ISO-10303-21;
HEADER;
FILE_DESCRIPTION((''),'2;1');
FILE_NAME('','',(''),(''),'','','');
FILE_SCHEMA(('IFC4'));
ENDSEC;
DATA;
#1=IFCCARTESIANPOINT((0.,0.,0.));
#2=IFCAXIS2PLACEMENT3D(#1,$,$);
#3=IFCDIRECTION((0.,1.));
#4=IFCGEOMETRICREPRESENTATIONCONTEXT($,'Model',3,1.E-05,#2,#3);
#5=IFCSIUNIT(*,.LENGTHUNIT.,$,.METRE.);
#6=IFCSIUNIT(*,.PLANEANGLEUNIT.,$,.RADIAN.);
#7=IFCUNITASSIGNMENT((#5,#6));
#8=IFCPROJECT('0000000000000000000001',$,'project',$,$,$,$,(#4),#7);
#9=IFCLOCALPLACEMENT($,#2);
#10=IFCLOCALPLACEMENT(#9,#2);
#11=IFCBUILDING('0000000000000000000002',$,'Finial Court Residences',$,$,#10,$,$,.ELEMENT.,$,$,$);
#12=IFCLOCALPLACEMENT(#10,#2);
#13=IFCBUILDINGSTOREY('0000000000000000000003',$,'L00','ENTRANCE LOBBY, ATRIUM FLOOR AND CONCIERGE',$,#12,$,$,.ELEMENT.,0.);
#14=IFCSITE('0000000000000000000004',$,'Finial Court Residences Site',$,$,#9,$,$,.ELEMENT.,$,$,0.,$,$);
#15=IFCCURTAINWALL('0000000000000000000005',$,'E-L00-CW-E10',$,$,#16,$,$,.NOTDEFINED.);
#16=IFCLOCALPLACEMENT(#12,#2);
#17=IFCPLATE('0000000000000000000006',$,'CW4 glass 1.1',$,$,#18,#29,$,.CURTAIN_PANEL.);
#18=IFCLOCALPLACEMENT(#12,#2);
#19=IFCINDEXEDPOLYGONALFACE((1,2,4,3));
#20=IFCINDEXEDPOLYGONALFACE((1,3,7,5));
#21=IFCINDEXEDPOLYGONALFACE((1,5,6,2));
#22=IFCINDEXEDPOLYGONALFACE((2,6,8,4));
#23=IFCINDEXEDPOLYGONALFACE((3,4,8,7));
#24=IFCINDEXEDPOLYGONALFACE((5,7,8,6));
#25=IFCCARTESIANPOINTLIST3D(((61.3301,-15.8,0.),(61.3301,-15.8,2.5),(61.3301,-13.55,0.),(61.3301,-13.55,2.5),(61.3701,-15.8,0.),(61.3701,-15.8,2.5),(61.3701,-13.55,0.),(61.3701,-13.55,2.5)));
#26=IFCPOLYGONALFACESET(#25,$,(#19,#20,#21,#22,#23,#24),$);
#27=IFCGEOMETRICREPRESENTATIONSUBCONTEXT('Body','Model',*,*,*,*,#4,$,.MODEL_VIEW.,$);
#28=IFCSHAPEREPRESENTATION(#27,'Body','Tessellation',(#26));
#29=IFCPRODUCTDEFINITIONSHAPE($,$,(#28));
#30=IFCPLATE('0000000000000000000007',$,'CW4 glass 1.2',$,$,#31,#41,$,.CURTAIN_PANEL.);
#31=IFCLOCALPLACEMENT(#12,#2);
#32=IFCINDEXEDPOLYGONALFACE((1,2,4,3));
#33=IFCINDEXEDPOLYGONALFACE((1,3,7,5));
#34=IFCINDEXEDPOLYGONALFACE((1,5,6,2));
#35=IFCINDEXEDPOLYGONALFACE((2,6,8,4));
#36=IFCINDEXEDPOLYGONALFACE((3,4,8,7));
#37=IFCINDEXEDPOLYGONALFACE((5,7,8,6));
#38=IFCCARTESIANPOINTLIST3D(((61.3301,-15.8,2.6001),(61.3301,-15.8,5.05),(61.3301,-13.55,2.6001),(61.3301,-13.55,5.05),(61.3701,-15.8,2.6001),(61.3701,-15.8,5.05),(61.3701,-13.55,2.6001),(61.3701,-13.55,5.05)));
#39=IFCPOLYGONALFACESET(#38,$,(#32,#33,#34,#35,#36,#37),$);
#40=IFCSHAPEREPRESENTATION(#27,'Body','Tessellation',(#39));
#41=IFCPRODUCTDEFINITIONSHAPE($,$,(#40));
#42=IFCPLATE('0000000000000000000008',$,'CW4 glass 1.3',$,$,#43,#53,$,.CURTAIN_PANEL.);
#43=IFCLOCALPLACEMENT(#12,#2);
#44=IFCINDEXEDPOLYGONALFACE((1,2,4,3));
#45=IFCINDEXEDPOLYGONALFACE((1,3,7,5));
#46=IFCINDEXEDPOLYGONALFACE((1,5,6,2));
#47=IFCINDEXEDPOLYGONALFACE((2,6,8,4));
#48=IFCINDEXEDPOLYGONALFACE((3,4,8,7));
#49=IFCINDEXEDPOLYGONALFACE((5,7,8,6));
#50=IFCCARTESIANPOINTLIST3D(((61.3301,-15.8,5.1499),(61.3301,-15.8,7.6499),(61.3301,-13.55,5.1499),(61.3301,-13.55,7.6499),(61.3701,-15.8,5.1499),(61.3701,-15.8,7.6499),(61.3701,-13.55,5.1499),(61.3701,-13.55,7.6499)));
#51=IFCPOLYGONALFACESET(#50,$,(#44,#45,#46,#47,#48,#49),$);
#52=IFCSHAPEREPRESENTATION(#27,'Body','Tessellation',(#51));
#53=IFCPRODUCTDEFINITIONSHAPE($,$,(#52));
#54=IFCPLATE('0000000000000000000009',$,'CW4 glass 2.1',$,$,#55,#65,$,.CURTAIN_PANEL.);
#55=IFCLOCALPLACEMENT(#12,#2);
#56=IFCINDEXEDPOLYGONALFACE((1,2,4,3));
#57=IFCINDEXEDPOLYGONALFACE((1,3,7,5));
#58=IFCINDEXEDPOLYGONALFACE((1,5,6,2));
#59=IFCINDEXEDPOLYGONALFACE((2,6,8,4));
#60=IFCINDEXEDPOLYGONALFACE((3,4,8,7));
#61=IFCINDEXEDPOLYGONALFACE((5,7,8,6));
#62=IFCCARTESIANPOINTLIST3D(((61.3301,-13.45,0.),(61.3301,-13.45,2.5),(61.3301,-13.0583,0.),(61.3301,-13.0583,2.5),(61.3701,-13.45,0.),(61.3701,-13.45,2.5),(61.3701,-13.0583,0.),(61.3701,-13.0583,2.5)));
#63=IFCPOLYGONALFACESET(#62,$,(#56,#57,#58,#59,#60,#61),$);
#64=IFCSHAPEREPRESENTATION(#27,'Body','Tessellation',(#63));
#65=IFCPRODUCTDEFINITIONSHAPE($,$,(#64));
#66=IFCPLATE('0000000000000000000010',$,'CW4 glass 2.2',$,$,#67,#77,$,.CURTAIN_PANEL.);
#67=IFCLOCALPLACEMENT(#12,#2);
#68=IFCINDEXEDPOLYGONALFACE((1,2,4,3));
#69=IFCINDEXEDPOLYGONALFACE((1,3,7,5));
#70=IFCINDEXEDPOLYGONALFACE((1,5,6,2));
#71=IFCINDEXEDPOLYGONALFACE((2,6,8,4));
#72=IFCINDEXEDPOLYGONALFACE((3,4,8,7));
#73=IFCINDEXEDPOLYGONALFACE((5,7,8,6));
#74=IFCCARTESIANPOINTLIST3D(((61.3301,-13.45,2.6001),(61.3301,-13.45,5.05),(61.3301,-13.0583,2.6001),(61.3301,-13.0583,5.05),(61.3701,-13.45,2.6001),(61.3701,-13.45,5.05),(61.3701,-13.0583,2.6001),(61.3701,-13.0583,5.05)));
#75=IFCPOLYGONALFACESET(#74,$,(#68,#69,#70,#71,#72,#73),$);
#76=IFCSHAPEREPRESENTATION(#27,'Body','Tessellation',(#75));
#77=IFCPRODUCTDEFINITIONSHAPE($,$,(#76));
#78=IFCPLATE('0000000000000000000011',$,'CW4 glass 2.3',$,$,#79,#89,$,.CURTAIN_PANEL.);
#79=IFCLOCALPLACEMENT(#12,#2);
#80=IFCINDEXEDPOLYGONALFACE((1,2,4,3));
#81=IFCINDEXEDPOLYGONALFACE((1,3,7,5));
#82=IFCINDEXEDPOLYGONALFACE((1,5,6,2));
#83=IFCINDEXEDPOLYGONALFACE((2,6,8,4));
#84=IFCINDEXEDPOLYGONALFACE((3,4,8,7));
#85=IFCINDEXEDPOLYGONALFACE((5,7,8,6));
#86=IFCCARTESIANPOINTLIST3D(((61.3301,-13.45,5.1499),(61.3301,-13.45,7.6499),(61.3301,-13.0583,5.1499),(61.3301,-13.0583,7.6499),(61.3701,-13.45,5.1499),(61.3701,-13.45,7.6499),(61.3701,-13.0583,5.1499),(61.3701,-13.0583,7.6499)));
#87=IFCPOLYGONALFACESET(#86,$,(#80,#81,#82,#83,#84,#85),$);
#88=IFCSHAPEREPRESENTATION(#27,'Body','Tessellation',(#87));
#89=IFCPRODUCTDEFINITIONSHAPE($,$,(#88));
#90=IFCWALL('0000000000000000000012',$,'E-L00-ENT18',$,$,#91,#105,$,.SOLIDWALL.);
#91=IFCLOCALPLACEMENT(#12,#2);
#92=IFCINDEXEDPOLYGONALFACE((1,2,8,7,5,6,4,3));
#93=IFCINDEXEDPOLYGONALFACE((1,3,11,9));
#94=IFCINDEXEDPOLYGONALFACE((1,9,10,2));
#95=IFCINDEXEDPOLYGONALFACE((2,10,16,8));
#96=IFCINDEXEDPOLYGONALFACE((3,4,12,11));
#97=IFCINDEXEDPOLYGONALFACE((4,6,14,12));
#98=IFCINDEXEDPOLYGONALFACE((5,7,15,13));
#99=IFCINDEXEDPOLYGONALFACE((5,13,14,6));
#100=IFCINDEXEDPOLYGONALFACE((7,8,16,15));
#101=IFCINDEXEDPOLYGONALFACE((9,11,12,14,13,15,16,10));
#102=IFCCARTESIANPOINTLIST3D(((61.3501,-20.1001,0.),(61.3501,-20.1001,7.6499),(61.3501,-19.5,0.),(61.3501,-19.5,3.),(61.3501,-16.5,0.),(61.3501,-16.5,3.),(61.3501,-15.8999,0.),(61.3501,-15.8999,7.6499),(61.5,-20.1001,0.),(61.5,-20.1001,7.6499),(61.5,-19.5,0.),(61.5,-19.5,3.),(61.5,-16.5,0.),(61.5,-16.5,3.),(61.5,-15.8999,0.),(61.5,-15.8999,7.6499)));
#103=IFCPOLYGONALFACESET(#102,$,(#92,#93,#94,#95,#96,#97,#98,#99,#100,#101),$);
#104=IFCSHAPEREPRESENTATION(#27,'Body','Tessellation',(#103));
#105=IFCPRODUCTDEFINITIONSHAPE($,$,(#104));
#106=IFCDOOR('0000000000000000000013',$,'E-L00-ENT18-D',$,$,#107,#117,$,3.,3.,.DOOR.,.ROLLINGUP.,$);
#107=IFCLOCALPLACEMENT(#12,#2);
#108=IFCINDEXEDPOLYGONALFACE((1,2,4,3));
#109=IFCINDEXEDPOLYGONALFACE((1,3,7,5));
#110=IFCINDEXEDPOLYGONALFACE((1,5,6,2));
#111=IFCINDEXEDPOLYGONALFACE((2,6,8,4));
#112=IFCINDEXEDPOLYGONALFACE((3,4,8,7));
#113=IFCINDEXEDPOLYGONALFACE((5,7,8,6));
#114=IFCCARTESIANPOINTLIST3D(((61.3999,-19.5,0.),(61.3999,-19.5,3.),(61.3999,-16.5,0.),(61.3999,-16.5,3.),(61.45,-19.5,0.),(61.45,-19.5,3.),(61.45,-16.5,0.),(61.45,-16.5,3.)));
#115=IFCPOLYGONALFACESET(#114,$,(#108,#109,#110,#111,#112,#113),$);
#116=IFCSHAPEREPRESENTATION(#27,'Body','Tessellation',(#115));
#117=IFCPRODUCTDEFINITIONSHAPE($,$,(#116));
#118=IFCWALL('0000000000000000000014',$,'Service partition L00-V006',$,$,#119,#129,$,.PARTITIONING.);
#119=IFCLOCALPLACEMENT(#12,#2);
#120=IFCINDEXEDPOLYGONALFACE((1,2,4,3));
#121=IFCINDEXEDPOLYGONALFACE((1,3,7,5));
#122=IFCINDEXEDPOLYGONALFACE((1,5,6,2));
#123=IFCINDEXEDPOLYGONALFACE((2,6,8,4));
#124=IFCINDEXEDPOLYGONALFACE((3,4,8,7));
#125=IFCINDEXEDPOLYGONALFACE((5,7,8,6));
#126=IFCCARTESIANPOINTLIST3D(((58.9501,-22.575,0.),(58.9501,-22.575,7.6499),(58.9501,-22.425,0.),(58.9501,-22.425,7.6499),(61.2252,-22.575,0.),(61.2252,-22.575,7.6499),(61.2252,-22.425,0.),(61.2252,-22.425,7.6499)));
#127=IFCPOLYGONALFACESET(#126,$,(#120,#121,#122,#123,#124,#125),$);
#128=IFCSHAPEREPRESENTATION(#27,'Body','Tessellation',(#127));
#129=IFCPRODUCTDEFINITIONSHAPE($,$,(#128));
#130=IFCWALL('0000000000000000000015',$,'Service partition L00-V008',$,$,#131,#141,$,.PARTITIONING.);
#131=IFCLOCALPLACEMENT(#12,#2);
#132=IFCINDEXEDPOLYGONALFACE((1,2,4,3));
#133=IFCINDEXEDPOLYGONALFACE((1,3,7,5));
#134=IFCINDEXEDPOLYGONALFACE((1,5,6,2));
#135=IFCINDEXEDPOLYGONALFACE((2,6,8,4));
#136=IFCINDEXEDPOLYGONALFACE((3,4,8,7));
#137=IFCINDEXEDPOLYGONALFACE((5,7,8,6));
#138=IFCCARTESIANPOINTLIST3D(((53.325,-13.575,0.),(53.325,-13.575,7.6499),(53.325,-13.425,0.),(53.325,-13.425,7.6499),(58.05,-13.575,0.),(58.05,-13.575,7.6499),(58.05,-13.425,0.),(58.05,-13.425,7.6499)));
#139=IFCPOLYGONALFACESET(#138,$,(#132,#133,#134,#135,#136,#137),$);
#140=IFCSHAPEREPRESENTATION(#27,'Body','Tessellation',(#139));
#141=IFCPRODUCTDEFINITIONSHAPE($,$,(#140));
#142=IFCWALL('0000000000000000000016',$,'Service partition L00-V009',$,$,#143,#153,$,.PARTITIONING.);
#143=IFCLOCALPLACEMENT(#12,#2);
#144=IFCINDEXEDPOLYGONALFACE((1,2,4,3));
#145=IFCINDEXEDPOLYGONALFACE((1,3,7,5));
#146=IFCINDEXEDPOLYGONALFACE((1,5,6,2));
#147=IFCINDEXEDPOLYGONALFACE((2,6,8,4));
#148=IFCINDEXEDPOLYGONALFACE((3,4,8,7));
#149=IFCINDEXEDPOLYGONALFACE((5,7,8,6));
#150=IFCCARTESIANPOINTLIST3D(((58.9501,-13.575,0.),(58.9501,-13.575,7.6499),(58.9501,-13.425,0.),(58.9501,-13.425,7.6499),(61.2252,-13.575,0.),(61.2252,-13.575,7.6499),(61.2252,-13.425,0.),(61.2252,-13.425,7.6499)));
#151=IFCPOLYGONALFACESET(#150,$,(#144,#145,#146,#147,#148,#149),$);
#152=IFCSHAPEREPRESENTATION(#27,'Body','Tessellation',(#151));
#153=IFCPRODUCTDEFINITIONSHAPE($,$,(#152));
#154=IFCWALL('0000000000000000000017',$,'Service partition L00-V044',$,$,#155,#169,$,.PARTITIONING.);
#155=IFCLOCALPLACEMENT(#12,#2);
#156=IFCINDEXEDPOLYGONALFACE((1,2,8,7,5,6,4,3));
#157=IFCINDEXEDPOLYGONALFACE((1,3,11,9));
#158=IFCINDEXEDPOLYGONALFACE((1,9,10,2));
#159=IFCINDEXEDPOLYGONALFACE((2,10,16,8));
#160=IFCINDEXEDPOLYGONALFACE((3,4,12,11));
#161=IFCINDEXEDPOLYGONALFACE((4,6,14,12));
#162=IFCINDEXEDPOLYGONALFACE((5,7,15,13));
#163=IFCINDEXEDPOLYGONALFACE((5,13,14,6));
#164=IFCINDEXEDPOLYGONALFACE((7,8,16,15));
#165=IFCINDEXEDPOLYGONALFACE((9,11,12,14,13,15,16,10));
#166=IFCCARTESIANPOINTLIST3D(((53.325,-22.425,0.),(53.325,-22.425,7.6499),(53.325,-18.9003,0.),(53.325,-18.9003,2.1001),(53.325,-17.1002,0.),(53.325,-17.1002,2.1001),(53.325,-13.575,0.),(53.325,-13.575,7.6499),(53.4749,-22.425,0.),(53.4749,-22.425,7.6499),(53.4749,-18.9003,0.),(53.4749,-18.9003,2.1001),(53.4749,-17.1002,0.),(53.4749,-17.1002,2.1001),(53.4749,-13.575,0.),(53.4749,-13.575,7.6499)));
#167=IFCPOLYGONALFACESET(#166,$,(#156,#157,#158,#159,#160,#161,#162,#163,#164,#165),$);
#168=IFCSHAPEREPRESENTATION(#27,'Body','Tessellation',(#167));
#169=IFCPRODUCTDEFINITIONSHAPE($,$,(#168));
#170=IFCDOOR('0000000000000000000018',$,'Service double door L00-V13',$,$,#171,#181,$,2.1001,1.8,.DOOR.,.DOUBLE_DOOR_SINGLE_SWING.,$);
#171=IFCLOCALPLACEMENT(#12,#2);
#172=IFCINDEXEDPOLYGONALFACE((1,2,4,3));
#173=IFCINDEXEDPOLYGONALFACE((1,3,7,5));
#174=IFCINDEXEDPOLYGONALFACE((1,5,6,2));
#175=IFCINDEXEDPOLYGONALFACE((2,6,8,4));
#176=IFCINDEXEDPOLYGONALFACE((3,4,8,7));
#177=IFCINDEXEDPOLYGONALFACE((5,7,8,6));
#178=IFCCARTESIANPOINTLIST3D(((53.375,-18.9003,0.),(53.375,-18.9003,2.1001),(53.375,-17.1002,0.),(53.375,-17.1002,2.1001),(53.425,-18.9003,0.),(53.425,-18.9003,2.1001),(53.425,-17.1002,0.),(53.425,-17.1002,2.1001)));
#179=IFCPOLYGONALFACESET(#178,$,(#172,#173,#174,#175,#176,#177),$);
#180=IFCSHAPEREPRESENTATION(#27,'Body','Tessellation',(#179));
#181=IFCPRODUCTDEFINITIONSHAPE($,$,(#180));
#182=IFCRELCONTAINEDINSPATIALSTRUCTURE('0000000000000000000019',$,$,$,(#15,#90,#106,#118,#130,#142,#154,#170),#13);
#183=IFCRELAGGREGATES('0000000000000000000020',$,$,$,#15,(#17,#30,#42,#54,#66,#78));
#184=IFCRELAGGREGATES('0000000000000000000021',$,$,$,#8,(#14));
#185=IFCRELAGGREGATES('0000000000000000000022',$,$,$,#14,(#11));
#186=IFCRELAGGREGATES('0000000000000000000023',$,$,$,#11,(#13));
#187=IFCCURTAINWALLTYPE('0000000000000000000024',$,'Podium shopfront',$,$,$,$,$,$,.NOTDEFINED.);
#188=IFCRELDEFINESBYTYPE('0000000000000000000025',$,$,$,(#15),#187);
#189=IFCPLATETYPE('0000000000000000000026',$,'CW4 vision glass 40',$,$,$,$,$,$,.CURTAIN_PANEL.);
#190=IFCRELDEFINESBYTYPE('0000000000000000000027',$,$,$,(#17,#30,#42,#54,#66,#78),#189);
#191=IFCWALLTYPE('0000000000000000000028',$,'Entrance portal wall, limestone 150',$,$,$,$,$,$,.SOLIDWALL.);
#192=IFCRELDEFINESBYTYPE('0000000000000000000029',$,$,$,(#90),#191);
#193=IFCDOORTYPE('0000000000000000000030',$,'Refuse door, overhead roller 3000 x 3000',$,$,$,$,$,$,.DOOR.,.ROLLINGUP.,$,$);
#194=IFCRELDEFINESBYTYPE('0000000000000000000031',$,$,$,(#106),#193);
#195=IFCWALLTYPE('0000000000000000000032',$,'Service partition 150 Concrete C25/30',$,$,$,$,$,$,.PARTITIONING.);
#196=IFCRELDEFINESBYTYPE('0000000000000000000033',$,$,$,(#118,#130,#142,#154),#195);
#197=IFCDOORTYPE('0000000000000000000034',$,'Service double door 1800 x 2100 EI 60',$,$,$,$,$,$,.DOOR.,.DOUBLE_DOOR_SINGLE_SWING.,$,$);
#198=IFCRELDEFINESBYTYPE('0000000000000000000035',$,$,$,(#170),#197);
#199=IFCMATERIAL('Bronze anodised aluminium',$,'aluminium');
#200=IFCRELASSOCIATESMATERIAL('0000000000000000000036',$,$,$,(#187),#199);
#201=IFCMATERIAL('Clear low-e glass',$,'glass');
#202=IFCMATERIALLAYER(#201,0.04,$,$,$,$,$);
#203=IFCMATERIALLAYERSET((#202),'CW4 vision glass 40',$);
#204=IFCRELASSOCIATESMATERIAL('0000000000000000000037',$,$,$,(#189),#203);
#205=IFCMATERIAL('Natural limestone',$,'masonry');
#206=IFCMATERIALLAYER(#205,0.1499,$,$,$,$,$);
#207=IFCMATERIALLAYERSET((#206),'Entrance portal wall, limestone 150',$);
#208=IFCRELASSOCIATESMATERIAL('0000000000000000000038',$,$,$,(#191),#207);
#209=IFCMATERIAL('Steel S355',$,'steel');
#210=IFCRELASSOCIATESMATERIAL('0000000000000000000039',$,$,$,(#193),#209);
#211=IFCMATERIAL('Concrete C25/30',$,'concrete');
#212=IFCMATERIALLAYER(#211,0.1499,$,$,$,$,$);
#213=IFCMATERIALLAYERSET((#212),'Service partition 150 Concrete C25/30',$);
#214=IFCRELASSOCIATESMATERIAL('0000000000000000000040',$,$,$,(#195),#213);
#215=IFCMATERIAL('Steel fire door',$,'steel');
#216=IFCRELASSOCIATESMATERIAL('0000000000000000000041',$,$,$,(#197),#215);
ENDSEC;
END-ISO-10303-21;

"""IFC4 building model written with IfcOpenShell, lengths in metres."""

from ifc_helpers import new_model, si_unit, direction, frame, frame_2d, origin, origin_2d, place, context, subcontext, project, spatial, rectangle, extrude, material, layer, layer_set, type_object, element, fill, aggregate, save


model = new_model("IFC4")

# Units and contexts
model_context = context("Model", 3, precision=1e-05, world=origin(), true_north=direction((0.0, 1.0)))
body_context = subcontext(model_context, "Body", "Model", "MODEL_VIEW")
ifc_project = project(units=[si_unit("LENGTHUNIT", "METRE"), si_unit("PLANEANGLEUNIT", "RADIAN")], contexts=[model_context])

# Site, building, storey
site_placement = place(None, origin())
site = spatial("IfcSite", under=ifc_project, at=site_placement, Name="Finial Court Residences Site", CompositionType="ELEMENT", RefElevation=0.0)
building_placement = place(site_placement, origin())
building = spatial("IfcBuilding", under=site, at=building_placement, Name="Finial Court Residences", CompositionType="ELEMENT")
storey_placement = place(building_placement, origin())
storey = spatial("IfcBuildingStorey", under=building, at=storey_placement, Name="L00", Description="ENTRANCE LOBBY, ATRIUM FLOOR AND CONCIERGE", CompositionType="ELEMENT", Elevation=0.0)

# Curtain wall
ifc_material_1 = material(Name="Bronze anodised aluminium", Category="aluminium")
curtain_wall_type = type_object("IfcCurtainWallType", Name="Podium shopfront", PredefinedType="NOTDEFINED", material=ifc_material_1)
curtain_wall_1_placement = place(storey_placement, origin())
curtain_wall_1 = element("IfcCurtainWall", 1, at=curtain_wall_1_placement, inside=storey, type_object=curtain_wall_type, Name="E-L00-CW-E10", PredefinedType="NOTDEFINED")

# Plates
ifc_material_2 = material(Name="Clear low-e glass", Category="glass")
ifc_layer_1 = layer(ifc_material_2, 0.04)
ifc_layer_set_1 = layer_set([ifc_layer_1], Name="CW4 vision glass 40")
plate_type = type_object("IfcPlateType", Name="CW4 vision glass 40", PredefinedType="CURTAIN_PANEL", material=ifc_layer_set_1)
plate_1_placement = place(storey_placement, frame((61.3501, -14.675, 0.0), z_axis=(0.0, 0.0, 1.0), x_axis=(0.0, 1.0, 0.0)))
plate_1 = element("IfcPlate", 2, at=plate_1_placement, type_object=plate_type, Name="CW4 glass 1.1", PredefinedType="CURTAIN_PANEL", context=body_context, shape_type="SweptSolid", body=[
    extrude(rectangle(XDim=2.25, YDim=0.04, at=origin_2d()), origin(), (0.0, 0.0, 1.0), 2.5),
])
plate_2_placement = place(storey_placement, frame((61.3501, -14.675, 2.6001), z_axis=(0.0, 0.0, 1.0), x_axis=(0.0, 1.0, 0.0)))
plate_2 = element("IfcPlate", 3, at=plate_2_placement, type_object=plate_type, Name="CW4 glass 1.2", PredefinedType="CURTAIN_PANEL", context=body_context, shape_type="SweptSolid", body=[
    extrude(rectangle(XDim=2.25, YDim=0.04, at=origin_2d()), origin(), (0.0, 0.0, 1.0), 2.45),
])
plate_3_placement = place(storey_placement, frame((61.3501, -14.675, 5.1499), z_axis=(0.0, 0.0, 1.0), x_axis=(0.0, 1.0, 0.0)))
plate_3 = element("IfcPlate", 4, at=plate_3_placement, type_object=plate_type, Name="CW4 glass 1.3", PredefinedType="CURTAIN_PANEL", context=body_context, shape_type="SweptSolid", body=[
    extrude(rectangle(XDim=2.25, YDim=0.04, at=origin_2d()), origin(), (0.0, 0.0, 1.0), 2.5),
])
plate_4_placement = place(storey_placement, frame((61.3501, -13.2542, 0.0), z_axis=(0.0, 0.0, 1.0), x_axis=(0.0, 1.0, 0.0)))
plate_4 = element("IfcPlate", 5, at=plate_4_placement, type_object=plate_type, Name="CW4 glass 2.1", PredefinedType="CURTAIN_PANEL", context=body_context, shape_type="SweptSolid", body=[
    extrude(rectangle(XDim=0.3916, YDim=0.04, at=origin_2d()), origin(), (0.0, 0.0, 1.0), 2.5),
])
plate_5_placement = place(storey_placement, frame((61.3501, -13.2542, 2.6001), z_axis=(0.0, 0.0, 1.0), x_axis=(0.0, 1.0, 0.0)))
plate_5 = element("IfcPlate", 6, at=plate_5_placement, type_object=plate_type, Name="CW4 glass 2.2", PredefinedType="CURTAIN_PANEL", context=body_context, shape_type="SweptSolid", body=[
    extrude(rectangle(XDim=0.3916, YDim=0.04, at=origin_2d()), origin(), (0.0, 0.0, 1.0), 2.45),
])
plate_6_placement = place(storey_placement, frame((61.3501, -13.2542, 5.1499), z_axis=(0.0, 0.0, 1.0), x_axis=(0.0, 1.0, 0.0)))
plate_6 = element("IfcPlate", 7, at=plate_6_placement, type_object=plate_type, Name="CW4 glass 2.3", PredefinedType="CURTAIN_PANEL", context=body_context, shape_type="SweptSolid", body=[
    extrude(rectangle(XDim=0.3916, YDim=0.04, at=origin_2d()), origin(), (0.0, 0.0, 1.0), 2.5),
])
aggregate(curtain_wall_1, [plate_1, plate_2, plate_3, plate_4, plate_5, plate_6])

# Wall, opening, door
ifc_material_3 = material(Name="Natural limestone", Category="masonry")
ifc_layer_2 = layer(ifc_material_3, 0.1499)
ifc_layer_set_2 = layer_set([ifc_layer_2], Name="Entrance portal wall, limestone 150")
wall_type_1 = type_object("IfcWallType", Name="Entrance portal wall, limestone 150", PredefinedType="SOLIDWALL", material=ifc_layer_set_2)
wall_1_placement = place(storey_placement, frame((61.425, -15.8999, 0.0), z_axis=(0.0, 0.0, 1.0), x_axis=(0.0, -1.0, 0.0)))
wall_1 = element("IfcWall", 8, at=wall_1_placement, inside=storey, type_object=wall_type_1, Name="E-L00-ENT18", PredefinedType="SOLIDWALL", context=body_context, shape_type="SweptSolid", body=[
    extrude(rectangle(XDim=4.2002, YDim=0.1499, at=frame_2d((2.1001, 0.0))), origin(), (0.0, 0.0, 1.0), 7.6499),
])
opening_1_placement = place(wall_1_placement, frame((0.6001, 0.0, 0.0)))
opening_1 = element("IfcOpeningElement", 9, at=opening_1_placement, cuts=wall_1, PredefinedType="OPENING", context=body_context, shape_type="SweptSolid", body=[
    extrude(rectangle(XDim=3.0, YDim=3.0, at=frame_2d((1.5, 1.5))), frame((0.0, 0.085, 0.0), z_axis=(0.0, -1.0, 0.0), x_axis=(1.0, 0.0, 0.0)), (0.0, 0.0, 1.0), 0.1699),
])
ifc_material_4 = material(Name="Steel S355", Category="steel")
door_type_1 = type_object("IfcDoorType", Name="Refuse door, overhead roller 3000 x 3000", OperationType="ROLLINGUP", PredefinedType="DOOR", material=ifc_material_4)
door_1_placement = place(opening_1_placement, origin())
door_1 = element("IfcDoor", 10, at=door_1_placement, inside=storey, type_object=door_type_1, Name="E-L00-ENT18-D", OperationType="ROLLINGUP", OverallHeight=3.0, OverallWidth=3.0, PredefinedType="DOOR", context=body_context, shape_type="SweptSolid", body=[
    extrude(rectangle(XDim=3.0, YDim=3.0, at=frame_2d((1.5, 1.5))), frame((0.0, 0.0249, 0.0), z_axis=(0.0, -1.0, 0.0), x_axis=(1.0, 0.0, 0.0)), (0.0, 0.0, 1.0), 0.05),
])
fill(opening_1, door_1)

# Walls
ifc_material_5 = material(Name="Concrete C25/30", Category="concrete")
ifc_layer_3 = layer(ifc_material_5, 0.1499)
ifc_layer_set_3 = layer_set([ifc_layer_3], Name="Service partition 150 Concrete C25/30")
wall_type_2 = type_object("IfcWallType", Name="Service partition 150 Concrete C25/30", PredefinedType="PARTITIONING", material=ifc_layer_set_3)
wall_2_placement = place(storey_placement, frame((58.95, -22.5, 0.0), z_axis=(0.0, 0.0, 1.0), x_axis=(1.0, 0.0, 0.0)))
element("IfcWall", 11, at=wall_2_placement, inside=storey, type_object=wall_type_2, Name="Service partition L00-V006", PredefinedType="PARTITIONING", context=body_context, shape_type="SweptSolid", body=[
    extrude(rectangle(XDim=2.2751, YDim=0.1499, at=frame_2d((1.1377, 0.0))), origin(), (0.0, 0.0, 1.0), 7.6499),
])
wall_3_placement = place(storey_placement, frame((53.325, -13.5, 0.0), z_axis=(0.0, 0.0, 1.0), x_axis=(1.0, 0.0, 0.0)))
element("IfcWall", 12, at=wall_3_placement, inside=storey, type_object=wall_type_2, Name="Service partition L00-V008", PredefinedType="PARTITIONING", context=body_context, shape_type="SweptSolid", body=[
    extrude(rectangle(XDim=4.7251, YDim=0.1499, at=frame_2d((2.3625, 0.0))), origin(), (0.0, 0.0, 1.0), 7.6499),
])
wall_4_placement = place(storey_placement, frame((58.95, -13.5, 0.0), z_axis=(0.0, 0.0, 1.0), x_axis=(1.0, 0.0, 0.0)))
element("IfcWall", 13, at=wall_4_placement, inside=storey, type_object=wall_type_2, Name="Service partition L00-V009", PredefinedType="PARTITIONING", context=body_context, shape_type="SweptSolid", body=[
    extrude(rectangle(XDim=2.2751, YDim=0.1499, at=frame_2d((1.1377, 0.0))), origin(), (0.0, 0.0, 1.0), 7.6499),
])

# Wall, opening, door
wall_5_placement = place(storey_placement, frame((53.3999, -22.425, 0.0), z_axis=(0.0, 0.0, 1.0), x_axis=(0.0, 1.0, 0.0)))
wall_5 = element("IfcWall", 14, at=wall_5_placement, inside=storey, type_object=wall_type_2, Name="Service partition L00-V044", PredefinedType="PARTITIONING", context=body_context, shape_type="SweptSolid", body=[
    extrude(rectangle(XDim=8.8501, YDim=0.1499, at=frame_2d((4.425, 0.0))), origin(), (0.0, 0.0, 1.0), 7.6499),
])
opening_2_placement = place(wall_5_placement, frame((3.5249, 0.0, 0.0)))
opening_2 = element("IfcOpeningElement", 15, at=opening_2_placement, cuts=wall_5, PredefinedType="OPENING", context=body_context, shape_type="SweptSolid", body=[
    extrude(rectangle(XDim=1.8, YDim=2.1001, at=frame_2d((0.8999, 1.05))), frame((0.0, 0.085, 0.0), z_axis=(0.0, -1.0, 0.0), x_axis=(1.0, 0.0, 0.0)), (0.0, 0.0, 1.0), 0.1699),
])
ifc_material_6 = material(Name="Steel fire door", Category="steel")
door_type_2 = type_object("IfcDoorType", Name="Service double door 1800 x 2100 EI 60", OperationType="DOUBLE_DOOR_SINGLE_SWING", PredefinedType="DOOR", material=ifc_material_6)
door_2_placement = place(opening_2_placement, origin())
door_2 = element("IfcDoor", 16, at=door_2_placement, inside=storey, type_object=door_type_2, Name="Service double door L00-V13", OperationType="DOUBLE_DOOR_SINGLE_SWING", OverallHeight=2.1001, OverallWidth=1.8, PredefinedType="DOOR", context=body_context, shape_type="SweptSolid", body=[
    extrude(rectangle(XDim=1.8, YDim=2.1001, at=frame_2d((0.8999, 1.05))), frame((0.0, 0.0249, 0.0), z_axis=(0.0, -1.0, 0.0), x_axis=(1.0, 0.0, 0.0)), (0.0, 0.0, 1.0), 0.05),
])
fill(opening_2, door_2)

save(model, "model.ifc")
